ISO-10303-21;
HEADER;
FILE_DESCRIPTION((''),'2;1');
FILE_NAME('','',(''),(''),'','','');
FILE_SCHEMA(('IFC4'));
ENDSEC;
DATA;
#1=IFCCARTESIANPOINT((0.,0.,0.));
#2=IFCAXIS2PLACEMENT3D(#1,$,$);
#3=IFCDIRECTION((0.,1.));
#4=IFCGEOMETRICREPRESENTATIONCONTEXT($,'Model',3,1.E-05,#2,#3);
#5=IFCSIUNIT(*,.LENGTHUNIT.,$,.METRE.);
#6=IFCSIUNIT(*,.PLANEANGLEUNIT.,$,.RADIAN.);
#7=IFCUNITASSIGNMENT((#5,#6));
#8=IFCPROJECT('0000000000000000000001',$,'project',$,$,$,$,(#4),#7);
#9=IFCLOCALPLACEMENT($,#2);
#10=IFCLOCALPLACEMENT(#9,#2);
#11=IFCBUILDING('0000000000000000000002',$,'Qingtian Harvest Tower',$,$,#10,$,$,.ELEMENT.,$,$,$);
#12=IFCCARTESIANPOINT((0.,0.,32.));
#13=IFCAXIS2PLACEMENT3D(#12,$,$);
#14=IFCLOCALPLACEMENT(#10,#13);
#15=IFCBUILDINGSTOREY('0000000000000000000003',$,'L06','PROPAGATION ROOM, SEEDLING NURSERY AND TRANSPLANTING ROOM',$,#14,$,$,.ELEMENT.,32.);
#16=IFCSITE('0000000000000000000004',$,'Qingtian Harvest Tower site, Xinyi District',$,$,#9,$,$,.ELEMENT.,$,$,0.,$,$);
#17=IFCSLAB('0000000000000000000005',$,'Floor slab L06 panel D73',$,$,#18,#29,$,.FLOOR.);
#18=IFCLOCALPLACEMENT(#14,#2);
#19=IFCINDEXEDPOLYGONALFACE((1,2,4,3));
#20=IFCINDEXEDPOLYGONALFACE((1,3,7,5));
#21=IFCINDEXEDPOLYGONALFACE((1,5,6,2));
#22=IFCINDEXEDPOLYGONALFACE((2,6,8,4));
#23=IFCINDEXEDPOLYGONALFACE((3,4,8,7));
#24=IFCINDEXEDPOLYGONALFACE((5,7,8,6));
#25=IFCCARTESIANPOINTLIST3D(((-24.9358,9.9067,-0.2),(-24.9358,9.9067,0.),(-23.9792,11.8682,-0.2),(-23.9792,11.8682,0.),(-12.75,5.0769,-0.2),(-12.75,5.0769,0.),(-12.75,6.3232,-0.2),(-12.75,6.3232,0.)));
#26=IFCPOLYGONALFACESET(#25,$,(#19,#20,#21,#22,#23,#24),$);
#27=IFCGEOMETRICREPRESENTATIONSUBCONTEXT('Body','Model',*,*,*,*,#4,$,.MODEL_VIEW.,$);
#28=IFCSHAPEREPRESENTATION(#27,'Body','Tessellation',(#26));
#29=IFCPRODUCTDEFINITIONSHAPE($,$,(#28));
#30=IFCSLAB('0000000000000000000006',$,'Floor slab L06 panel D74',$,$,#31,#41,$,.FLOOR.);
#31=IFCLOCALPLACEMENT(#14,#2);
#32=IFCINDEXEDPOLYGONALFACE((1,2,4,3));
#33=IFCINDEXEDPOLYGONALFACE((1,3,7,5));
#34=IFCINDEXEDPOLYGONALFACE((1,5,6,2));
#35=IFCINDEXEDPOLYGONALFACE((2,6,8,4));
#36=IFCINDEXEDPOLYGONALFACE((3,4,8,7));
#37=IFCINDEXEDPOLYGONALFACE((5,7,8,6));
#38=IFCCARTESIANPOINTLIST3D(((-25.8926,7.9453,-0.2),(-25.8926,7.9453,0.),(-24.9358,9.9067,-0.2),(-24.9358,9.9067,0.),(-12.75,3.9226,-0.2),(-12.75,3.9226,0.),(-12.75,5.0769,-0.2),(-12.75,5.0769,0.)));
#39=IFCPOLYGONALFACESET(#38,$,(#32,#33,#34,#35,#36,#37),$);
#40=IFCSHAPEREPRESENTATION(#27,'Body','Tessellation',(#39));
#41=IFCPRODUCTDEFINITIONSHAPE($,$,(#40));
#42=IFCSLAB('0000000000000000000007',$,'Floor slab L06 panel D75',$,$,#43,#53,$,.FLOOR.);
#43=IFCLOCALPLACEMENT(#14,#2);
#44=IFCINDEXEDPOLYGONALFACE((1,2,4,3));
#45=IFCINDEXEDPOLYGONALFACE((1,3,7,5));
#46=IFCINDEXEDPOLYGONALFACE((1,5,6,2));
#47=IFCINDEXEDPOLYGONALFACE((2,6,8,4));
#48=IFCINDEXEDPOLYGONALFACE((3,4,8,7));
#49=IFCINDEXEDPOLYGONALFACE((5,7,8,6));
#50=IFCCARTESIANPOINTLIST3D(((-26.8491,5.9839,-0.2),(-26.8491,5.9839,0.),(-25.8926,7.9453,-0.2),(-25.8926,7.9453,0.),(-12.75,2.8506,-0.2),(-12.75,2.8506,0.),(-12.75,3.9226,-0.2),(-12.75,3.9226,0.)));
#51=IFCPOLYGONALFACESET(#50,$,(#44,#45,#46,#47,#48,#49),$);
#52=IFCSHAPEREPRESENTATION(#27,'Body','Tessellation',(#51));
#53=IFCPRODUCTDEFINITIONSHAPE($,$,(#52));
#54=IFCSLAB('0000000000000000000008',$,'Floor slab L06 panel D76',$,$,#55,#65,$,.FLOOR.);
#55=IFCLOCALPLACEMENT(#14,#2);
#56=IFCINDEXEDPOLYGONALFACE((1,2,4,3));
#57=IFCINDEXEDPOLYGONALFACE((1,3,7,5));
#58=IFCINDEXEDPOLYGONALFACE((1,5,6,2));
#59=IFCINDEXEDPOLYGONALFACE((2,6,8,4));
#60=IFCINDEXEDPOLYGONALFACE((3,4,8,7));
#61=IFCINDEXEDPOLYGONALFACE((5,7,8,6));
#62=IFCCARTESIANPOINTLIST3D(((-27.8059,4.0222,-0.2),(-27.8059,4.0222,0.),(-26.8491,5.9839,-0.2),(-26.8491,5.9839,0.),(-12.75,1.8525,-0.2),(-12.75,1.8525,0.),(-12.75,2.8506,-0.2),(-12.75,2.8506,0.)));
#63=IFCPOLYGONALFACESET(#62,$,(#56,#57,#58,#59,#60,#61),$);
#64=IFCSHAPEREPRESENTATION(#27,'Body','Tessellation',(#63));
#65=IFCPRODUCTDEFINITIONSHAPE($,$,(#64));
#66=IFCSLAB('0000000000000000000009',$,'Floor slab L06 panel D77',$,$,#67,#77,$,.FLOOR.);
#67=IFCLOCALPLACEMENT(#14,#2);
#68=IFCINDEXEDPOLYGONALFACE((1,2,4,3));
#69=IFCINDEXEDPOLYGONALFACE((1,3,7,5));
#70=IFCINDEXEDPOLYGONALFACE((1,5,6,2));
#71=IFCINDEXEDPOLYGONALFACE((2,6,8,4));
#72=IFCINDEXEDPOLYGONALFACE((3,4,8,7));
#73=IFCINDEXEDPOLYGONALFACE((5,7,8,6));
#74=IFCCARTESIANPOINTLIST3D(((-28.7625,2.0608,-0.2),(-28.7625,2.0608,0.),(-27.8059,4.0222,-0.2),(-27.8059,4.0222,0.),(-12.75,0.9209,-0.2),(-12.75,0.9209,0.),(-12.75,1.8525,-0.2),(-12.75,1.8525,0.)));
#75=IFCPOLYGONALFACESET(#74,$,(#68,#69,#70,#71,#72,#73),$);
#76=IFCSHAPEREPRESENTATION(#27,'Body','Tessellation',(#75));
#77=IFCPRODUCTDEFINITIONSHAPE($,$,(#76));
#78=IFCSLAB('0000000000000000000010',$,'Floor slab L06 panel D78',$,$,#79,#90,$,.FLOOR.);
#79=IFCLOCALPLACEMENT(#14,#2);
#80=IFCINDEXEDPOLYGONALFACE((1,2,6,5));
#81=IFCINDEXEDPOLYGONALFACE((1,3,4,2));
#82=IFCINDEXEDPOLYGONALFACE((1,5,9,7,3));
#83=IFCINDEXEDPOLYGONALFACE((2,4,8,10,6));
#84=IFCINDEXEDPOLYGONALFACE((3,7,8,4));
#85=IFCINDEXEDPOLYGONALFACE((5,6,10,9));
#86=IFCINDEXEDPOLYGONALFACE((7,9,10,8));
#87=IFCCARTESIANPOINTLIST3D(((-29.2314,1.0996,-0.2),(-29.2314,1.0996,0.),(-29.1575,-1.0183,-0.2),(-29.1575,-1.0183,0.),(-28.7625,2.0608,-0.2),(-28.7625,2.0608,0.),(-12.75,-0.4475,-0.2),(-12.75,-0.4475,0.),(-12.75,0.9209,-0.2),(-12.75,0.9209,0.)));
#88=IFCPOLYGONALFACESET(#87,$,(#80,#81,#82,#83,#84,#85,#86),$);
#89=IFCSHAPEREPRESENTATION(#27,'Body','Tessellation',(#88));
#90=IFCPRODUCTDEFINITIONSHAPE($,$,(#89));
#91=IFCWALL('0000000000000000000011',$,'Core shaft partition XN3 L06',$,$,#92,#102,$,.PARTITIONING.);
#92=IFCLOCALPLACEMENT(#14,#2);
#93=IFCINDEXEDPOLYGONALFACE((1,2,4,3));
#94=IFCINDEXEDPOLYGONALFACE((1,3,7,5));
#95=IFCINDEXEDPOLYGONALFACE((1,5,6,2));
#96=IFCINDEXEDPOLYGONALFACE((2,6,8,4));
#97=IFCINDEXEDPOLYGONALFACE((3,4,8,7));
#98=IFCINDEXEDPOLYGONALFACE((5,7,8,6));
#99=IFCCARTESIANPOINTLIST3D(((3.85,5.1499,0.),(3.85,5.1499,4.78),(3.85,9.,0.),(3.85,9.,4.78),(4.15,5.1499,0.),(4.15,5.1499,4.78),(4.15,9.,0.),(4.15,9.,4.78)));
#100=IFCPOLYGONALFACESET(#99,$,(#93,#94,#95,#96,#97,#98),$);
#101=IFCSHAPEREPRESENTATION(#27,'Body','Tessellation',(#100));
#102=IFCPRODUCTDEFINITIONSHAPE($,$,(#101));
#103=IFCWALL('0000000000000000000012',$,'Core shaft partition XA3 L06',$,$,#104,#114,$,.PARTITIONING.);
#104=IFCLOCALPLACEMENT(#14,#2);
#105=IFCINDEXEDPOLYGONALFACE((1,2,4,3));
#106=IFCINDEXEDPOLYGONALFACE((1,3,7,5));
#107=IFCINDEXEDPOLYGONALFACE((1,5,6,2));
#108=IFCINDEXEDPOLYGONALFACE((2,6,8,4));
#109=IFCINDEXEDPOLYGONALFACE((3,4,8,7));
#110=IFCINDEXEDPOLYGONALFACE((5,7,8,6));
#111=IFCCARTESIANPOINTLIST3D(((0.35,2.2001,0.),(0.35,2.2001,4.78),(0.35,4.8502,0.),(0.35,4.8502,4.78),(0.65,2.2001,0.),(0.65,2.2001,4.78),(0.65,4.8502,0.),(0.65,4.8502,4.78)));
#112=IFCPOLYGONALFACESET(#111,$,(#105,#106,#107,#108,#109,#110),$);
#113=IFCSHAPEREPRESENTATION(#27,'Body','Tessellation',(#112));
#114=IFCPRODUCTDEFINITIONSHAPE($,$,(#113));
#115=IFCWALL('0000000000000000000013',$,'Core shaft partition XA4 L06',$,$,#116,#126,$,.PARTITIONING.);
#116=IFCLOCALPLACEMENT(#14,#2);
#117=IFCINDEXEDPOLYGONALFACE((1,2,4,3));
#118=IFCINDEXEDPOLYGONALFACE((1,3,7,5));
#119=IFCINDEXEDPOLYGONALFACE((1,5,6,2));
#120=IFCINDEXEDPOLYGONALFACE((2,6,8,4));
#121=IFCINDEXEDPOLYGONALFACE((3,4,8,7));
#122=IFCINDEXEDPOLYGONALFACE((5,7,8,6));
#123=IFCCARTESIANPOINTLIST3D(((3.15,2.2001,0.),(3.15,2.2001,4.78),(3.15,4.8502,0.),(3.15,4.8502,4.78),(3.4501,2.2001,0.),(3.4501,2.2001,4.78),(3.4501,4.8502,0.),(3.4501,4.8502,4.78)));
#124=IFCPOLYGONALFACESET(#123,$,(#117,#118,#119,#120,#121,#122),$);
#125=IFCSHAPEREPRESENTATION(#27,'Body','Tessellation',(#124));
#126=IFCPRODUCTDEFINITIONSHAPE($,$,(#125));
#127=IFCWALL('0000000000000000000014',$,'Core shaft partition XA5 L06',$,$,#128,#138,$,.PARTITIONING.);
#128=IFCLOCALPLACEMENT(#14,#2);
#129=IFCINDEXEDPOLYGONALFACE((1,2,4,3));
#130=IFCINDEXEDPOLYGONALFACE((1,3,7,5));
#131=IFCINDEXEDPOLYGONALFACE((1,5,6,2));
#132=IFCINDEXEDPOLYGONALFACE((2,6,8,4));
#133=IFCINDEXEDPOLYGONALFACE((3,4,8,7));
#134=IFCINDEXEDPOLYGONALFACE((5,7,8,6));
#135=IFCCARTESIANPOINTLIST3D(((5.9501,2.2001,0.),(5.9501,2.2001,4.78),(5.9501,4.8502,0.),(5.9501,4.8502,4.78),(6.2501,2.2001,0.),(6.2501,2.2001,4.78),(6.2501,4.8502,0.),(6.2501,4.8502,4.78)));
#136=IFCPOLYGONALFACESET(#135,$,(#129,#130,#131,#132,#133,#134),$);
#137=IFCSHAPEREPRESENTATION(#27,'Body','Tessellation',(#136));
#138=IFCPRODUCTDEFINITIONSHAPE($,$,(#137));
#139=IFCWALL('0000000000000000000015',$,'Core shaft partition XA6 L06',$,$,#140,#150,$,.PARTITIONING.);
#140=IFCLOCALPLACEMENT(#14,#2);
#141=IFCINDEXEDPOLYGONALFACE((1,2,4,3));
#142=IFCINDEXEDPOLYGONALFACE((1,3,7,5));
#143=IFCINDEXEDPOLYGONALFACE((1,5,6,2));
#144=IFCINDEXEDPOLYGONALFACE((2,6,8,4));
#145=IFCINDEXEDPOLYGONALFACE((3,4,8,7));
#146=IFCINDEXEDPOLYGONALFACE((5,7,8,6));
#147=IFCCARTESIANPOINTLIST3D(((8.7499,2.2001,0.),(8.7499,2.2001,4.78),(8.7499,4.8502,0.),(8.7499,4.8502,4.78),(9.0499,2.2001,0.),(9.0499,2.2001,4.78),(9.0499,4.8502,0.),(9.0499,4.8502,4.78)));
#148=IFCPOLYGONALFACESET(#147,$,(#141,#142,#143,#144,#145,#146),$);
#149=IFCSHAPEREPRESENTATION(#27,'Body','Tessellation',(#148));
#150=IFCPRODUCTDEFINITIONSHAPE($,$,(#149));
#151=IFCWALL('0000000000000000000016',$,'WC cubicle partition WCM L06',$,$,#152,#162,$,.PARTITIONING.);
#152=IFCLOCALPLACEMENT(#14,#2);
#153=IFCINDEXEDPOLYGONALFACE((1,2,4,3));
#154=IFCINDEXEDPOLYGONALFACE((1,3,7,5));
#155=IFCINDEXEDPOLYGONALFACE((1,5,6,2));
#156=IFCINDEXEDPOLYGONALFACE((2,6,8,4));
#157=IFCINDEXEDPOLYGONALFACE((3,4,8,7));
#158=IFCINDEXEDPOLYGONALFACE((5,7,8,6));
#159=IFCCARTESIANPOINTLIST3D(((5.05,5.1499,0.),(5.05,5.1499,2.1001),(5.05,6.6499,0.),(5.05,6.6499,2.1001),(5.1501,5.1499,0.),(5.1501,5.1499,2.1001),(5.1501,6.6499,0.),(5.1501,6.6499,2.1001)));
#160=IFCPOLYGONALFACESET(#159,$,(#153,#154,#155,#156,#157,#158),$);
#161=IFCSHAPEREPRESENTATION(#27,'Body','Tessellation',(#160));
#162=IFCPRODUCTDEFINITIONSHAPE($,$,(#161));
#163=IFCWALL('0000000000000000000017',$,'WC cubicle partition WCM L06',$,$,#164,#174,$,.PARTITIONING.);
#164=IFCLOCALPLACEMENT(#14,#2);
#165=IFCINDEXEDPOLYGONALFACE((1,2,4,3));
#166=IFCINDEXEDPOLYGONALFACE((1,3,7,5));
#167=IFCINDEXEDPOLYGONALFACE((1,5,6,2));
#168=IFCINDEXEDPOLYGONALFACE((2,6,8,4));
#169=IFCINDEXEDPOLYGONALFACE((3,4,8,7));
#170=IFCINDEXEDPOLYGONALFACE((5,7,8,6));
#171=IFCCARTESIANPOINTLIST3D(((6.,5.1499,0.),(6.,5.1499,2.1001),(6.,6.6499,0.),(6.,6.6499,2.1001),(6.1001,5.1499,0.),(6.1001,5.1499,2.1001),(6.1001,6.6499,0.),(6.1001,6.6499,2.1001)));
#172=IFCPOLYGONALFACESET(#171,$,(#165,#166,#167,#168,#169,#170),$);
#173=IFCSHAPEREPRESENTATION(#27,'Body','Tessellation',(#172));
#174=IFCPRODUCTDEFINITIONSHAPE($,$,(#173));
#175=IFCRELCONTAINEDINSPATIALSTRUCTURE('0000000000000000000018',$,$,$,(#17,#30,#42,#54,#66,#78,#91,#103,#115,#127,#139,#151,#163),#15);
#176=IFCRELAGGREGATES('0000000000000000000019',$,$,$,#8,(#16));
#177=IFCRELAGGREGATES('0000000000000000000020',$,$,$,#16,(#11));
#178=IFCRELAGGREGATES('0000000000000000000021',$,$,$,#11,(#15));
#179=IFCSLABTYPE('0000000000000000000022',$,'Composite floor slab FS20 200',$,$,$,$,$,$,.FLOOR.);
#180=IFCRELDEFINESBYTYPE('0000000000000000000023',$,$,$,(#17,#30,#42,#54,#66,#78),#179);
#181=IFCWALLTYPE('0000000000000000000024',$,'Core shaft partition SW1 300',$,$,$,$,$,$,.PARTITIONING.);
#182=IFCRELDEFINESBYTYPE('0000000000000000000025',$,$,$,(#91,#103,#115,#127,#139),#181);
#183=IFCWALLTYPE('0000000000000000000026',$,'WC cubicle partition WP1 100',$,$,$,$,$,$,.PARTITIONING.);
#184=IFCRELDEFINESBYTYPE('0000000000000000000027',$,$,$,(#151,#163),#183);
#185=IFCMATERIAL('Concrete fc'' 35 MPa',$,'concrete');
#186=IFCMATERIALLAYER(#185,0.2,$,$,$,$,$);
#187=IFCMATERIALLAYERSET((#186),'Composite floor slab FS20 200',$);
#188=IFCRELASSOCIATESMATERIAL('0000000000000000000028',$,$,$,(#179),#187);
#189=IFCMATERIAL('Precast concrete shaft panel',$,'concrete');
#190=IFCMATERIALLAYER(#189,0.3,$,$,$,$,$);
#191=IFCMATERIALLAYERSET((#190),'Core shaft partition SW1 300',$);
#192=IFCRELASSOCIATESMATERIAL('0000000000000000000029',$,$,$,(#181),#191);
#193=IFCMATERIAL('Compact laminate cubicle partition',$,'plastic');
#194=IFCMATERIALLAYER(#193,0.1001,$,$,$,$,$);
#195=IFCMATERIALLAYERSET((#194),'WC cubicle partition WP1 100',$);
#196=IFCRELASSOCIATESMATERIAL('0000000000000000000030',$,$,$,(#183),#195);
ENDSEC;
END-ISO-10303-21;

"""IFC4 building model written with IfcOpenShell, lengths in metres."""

from ifc_helpers import new_model, si_unit, direction, frame, frame_2d, origin, place, context, subcontext, project, spatial, polyline, rectangle, outline, extrude, material, layer, layer_set, type_object, element, save


model = new_model("IFC4")

# Units and contexts
model_context = context("Model", 3, precision=1e-05, world=origin(), true_north=direction((0.0, 1.0)))
body_context = subcontext(model_context, "Body", "Model", "MODEL_VIEW")
ifc_project = project(units=[si_unit("LENGTHUNIT", "METRE"), si_unit("PLANEANGLEUNIT", "RADIAN")], contexts=[model_context])

# Site, building, storey
site_placement = place(None, origin())
site = spatial("IfcSite", under=ifc_project, at=site_placement, Name="Qingtian Harvest Tower site, Xinyi District", CompositionType="ELEMENT", RefElevation=0.0)
building_placement = place(site_placement, origin())
building = spatial("IfcBuilding", under=site, at=building_placement, Name="Qingtian Harvest Tower", CompositionType="ELEMENT")
storey_placement = place(building_placement, frame((0.0, 0.0, 32.0)))
storey = spatial("IfcBuildingStorey", under=building, at=storey_placement, Name="L06", Description="PROPAGATION ROOM, SEEDLING NURSERY AND TRANSPLANTING ROOM", CompositionType="ELEMENT", Elevation=32.0)

# Slabs
ifc_material_1 = material(Name="Concrete fc' 35 MPa", Category="concrete")
ifc_layer_1 = layer(ifc_material_1, 0.2)
ifc_layer_set_1 = layer_set([ifc_layer_1], Name="Composite floor slab FS20 200")
slab_type = type_object("IfcSlabType", Name="Composite floor slab FS20 200", PredefinedType="FLOOR", material=ifc_layer_set_1)
slab_1_placement = place(storey_placement, frame((0.0, 0.0, -0.2)))
element("IfcSlab", 1, at=slab_1_placement, inside=storey, type_object=slab_type, Name="Floor slab L06 panel D73", PredefinedType="FLOOR", context=body_context, shape_type="SweptSolid", body=[
    extrude(outline(polyline([(-12.75, 5.0769), (-24.9358, 9.9067), (-23.9792, 11.8682), (-12.75, 6.3232), (-12.75, 5.0769)])), origin(), (0.0, 0.0, 1.0), 0.2),
])
slab_2_placement = place(storey_placement, frame((0.0, 0.0, -0.2)))
element("IfcSlab", 2, at=slab_2_placement, inside=storey, type_object=slab_type, Name="Floor slab L06 panel D74", PredefinedType="FLOOR", context=body_context, shape_type="SweptSolid", body=[
    extrude(outline(polyline([(-12.75, 3.9226), (-25.8926, 7.9453), (-24.9358, 9.9067), (-12.75, 5.0769), (-12.75, 3.9226)])), origin(), (0.0, 0.0, 1.0), 0.2),
])
slab_3_placement = place(storey_placement, frame((0.0, 0.0, -0.2)))
element("IfcSlab", 3, at=slab_3_placement, inside=storey, type_object=slab_type, Name="Floor slab L06 panel D75", PredefinedType="FLOOR", context=body_context, shape_type="SweptSolid", body=[
    extrude(outline(polyline([(-12.75, 2.8506), (-26.8491, 5.9839), (-25.8926, 7.9453), (-12.75, 3.9226), (-12.75, 2.8506)])), origin(), (0.0, 0.0, 1.0), 0.2),
])
slab_4_placement = place(storey_placement, frame((0.0, 0.0, -0.2)))
element("IfcSlab", 4, at=slab_4_placement, inside=storey, type_object=slab_type, Name="Floor slab L06 panel D76", PredefinedType="FLOOR", context=body_context, shape_type="SweptSolid", body=[
    extrude(outline(polyline([(-12.75, 1.8525), (-27.8059, 4.0222), (-26.8491, 5.9839), (-12.75, 2.8506), (-12.75, 1.8525)])), origin(), (0.0, 0.0, 1.0), 0.2),
])
slab_5_placement = place(storey_placement, frame((0.0, 0.0, -0.2)))
element("IfcSlab", 5, at=slab_5_placement, inside=storey, type_object=slab_type, Name="Floor slab L06 panel D77", PredefinedType="FLOOR", context=body_context, shape_type="SweptSolid", body=[
    extrude(outline(polyline([(-12.75, 0.9209), (-28.7625, 2.0608), (-27.8059, 4.0222), (-12.75, 1.8525), (-12.75, 0.9209)])), origin(), (0.0, 0.0, 1.0), 0.2),
])
slab_6_placement = place(storey_placement, frame((0.0, 0.0, -0.2)))
element("IfcSlab", 6, at=slab_6_placement, inside=storey, type_object=slab_type, Name="Floor slab L06 panel D78", PredefinedType="FLOOR", context=body_context, shape_type="SweptSolid", body=[
    extrude(outline(polyline([(-12.75, 0.9209), (-12.75, -0.4475), (-29.1575, -1.0183), (-29.2314, 1.0996), (-28.7625, 2.0608), (-12.75, 0.9209)])), origin(), (0.0, 0.0, 1.0), 0.2),
])

# Shared definitions
ifc_material_2 = material(Name="Precast concrete shaft panel", Category="concrete")
ifc_layer_2 = layer(ifc_material_2, 0.3)
ifc_layer_set_2 = layer_set([ifc_layer_2], Name="Core shaft partition SW1 300")
wall_type_1 = type_object("IfcWallType", Name="Core shaft partition SW1 300", PredefinedType="PARTITIONING", material=ifc_layer_set_2)

# Walls
wall_1_placement = place(storey_placement, frame((4.0, 5.1499, 0.0), z_axis=(0.0, 0.0, 1.0), x_axis=(0.0, 1.0, 0.0)))
element("IfcWall", 7, at=wall_1_placement, inside=storey, type_object=wall_type_1, Name="Core shaft partition XN3 L06", PredefinedType="PARTITIONING", context=body_context, shape_type="SweptSolid", body=[
    extrude(rectangle(XDim=3.8501, YDim=0.3, at=frame_2d((1.925, 0.0))), origin(), (0.0, 0.0, 1.0), 4.78),
])
for number, where, z_axis, x_axis, name in (
    (8, (0.5, 2.2, 0.0), (0.0, 0.0, 1.0), (0.0, 1.0, 0.0), "Core shaft partition XA3 L06"),
    (9, (3.3, 2.2, 0.0), (0.0, 0.0, 1.0), (0.0, 1.0, 0.0), "Core shaft partition XA4 L06"),
    (10, (6.1001, 2.2, 0.0), (0.0, 0.0, 1.0), (0.0, 1.0, 0.0), "Core shaft partition XA5 L06"),
    (11, (8.8999, 2.2, 0.0), (0.0, 0.0, 1.0), (0.0, 1.0, 0.0), "Core shaft partition XA6 L06"),
):
    element("IfcWall", number, at=place(storey_placement, frame(where, z_axis=z_axis, x_axis=x_axis)), inside=storey, type_object=wall_type_1, Name=name, PredefinedType="PARTITIONING", context=body_context, shape_type="SweptSolid", body=[
        extrude(rectangle(XDim=2.6501, YDim=0.3, at=frame_2d((1.3252, 0.0))), origin(), (0.0, 0.0, 1.0), 4.78),
    ])
ifc_material_3 = material(Name="Compact laminate cubicle partition", Category="plastic")
ifc_layer_3 = layer(ifc_material_3, 0.1001)
ifc_layer_set_3 = layer_set([ifc_layer_3], Name="WC cubicle partition WP1 100")
wall_type_2 = type_object("IfcWallType", Name="WC cubicle partition WP1 100", PredefinedType="PARTITIONING", material=ifc_layer_set_3)
for number, where, z_axis, x_axis, name in (
    (12, (5.1001, 5.1499, 0.0), (0.0, 0.0, 1.0), (0.0, 1.0, 0.0), "WC cubicle partition WCM L06"),
    (13, (6.05, 5.1499, 0.0), (0.0, 0.0, 1.0), (0.0, 1.0, 0.0), "WC cubicle partition WCM L06"),
):
    element("IfcWall", number, at=place(storey_placement, frame(where, z_axis=z_axis, x_axis=x_axis)), inside=storey, type_object=wall_type_2, Name=name, PredefinedType="PARTITIONING", context=body_context, shape_type="SweptSolid", body=[
        extrude(rectangle(XDim=1.5, YDim=0.1001, at=frame_2d((0.75, 0.0))), origin(), (0.0, 0.0, 1.0), 2.1001),
    ])

save(model, "model.ifc")
